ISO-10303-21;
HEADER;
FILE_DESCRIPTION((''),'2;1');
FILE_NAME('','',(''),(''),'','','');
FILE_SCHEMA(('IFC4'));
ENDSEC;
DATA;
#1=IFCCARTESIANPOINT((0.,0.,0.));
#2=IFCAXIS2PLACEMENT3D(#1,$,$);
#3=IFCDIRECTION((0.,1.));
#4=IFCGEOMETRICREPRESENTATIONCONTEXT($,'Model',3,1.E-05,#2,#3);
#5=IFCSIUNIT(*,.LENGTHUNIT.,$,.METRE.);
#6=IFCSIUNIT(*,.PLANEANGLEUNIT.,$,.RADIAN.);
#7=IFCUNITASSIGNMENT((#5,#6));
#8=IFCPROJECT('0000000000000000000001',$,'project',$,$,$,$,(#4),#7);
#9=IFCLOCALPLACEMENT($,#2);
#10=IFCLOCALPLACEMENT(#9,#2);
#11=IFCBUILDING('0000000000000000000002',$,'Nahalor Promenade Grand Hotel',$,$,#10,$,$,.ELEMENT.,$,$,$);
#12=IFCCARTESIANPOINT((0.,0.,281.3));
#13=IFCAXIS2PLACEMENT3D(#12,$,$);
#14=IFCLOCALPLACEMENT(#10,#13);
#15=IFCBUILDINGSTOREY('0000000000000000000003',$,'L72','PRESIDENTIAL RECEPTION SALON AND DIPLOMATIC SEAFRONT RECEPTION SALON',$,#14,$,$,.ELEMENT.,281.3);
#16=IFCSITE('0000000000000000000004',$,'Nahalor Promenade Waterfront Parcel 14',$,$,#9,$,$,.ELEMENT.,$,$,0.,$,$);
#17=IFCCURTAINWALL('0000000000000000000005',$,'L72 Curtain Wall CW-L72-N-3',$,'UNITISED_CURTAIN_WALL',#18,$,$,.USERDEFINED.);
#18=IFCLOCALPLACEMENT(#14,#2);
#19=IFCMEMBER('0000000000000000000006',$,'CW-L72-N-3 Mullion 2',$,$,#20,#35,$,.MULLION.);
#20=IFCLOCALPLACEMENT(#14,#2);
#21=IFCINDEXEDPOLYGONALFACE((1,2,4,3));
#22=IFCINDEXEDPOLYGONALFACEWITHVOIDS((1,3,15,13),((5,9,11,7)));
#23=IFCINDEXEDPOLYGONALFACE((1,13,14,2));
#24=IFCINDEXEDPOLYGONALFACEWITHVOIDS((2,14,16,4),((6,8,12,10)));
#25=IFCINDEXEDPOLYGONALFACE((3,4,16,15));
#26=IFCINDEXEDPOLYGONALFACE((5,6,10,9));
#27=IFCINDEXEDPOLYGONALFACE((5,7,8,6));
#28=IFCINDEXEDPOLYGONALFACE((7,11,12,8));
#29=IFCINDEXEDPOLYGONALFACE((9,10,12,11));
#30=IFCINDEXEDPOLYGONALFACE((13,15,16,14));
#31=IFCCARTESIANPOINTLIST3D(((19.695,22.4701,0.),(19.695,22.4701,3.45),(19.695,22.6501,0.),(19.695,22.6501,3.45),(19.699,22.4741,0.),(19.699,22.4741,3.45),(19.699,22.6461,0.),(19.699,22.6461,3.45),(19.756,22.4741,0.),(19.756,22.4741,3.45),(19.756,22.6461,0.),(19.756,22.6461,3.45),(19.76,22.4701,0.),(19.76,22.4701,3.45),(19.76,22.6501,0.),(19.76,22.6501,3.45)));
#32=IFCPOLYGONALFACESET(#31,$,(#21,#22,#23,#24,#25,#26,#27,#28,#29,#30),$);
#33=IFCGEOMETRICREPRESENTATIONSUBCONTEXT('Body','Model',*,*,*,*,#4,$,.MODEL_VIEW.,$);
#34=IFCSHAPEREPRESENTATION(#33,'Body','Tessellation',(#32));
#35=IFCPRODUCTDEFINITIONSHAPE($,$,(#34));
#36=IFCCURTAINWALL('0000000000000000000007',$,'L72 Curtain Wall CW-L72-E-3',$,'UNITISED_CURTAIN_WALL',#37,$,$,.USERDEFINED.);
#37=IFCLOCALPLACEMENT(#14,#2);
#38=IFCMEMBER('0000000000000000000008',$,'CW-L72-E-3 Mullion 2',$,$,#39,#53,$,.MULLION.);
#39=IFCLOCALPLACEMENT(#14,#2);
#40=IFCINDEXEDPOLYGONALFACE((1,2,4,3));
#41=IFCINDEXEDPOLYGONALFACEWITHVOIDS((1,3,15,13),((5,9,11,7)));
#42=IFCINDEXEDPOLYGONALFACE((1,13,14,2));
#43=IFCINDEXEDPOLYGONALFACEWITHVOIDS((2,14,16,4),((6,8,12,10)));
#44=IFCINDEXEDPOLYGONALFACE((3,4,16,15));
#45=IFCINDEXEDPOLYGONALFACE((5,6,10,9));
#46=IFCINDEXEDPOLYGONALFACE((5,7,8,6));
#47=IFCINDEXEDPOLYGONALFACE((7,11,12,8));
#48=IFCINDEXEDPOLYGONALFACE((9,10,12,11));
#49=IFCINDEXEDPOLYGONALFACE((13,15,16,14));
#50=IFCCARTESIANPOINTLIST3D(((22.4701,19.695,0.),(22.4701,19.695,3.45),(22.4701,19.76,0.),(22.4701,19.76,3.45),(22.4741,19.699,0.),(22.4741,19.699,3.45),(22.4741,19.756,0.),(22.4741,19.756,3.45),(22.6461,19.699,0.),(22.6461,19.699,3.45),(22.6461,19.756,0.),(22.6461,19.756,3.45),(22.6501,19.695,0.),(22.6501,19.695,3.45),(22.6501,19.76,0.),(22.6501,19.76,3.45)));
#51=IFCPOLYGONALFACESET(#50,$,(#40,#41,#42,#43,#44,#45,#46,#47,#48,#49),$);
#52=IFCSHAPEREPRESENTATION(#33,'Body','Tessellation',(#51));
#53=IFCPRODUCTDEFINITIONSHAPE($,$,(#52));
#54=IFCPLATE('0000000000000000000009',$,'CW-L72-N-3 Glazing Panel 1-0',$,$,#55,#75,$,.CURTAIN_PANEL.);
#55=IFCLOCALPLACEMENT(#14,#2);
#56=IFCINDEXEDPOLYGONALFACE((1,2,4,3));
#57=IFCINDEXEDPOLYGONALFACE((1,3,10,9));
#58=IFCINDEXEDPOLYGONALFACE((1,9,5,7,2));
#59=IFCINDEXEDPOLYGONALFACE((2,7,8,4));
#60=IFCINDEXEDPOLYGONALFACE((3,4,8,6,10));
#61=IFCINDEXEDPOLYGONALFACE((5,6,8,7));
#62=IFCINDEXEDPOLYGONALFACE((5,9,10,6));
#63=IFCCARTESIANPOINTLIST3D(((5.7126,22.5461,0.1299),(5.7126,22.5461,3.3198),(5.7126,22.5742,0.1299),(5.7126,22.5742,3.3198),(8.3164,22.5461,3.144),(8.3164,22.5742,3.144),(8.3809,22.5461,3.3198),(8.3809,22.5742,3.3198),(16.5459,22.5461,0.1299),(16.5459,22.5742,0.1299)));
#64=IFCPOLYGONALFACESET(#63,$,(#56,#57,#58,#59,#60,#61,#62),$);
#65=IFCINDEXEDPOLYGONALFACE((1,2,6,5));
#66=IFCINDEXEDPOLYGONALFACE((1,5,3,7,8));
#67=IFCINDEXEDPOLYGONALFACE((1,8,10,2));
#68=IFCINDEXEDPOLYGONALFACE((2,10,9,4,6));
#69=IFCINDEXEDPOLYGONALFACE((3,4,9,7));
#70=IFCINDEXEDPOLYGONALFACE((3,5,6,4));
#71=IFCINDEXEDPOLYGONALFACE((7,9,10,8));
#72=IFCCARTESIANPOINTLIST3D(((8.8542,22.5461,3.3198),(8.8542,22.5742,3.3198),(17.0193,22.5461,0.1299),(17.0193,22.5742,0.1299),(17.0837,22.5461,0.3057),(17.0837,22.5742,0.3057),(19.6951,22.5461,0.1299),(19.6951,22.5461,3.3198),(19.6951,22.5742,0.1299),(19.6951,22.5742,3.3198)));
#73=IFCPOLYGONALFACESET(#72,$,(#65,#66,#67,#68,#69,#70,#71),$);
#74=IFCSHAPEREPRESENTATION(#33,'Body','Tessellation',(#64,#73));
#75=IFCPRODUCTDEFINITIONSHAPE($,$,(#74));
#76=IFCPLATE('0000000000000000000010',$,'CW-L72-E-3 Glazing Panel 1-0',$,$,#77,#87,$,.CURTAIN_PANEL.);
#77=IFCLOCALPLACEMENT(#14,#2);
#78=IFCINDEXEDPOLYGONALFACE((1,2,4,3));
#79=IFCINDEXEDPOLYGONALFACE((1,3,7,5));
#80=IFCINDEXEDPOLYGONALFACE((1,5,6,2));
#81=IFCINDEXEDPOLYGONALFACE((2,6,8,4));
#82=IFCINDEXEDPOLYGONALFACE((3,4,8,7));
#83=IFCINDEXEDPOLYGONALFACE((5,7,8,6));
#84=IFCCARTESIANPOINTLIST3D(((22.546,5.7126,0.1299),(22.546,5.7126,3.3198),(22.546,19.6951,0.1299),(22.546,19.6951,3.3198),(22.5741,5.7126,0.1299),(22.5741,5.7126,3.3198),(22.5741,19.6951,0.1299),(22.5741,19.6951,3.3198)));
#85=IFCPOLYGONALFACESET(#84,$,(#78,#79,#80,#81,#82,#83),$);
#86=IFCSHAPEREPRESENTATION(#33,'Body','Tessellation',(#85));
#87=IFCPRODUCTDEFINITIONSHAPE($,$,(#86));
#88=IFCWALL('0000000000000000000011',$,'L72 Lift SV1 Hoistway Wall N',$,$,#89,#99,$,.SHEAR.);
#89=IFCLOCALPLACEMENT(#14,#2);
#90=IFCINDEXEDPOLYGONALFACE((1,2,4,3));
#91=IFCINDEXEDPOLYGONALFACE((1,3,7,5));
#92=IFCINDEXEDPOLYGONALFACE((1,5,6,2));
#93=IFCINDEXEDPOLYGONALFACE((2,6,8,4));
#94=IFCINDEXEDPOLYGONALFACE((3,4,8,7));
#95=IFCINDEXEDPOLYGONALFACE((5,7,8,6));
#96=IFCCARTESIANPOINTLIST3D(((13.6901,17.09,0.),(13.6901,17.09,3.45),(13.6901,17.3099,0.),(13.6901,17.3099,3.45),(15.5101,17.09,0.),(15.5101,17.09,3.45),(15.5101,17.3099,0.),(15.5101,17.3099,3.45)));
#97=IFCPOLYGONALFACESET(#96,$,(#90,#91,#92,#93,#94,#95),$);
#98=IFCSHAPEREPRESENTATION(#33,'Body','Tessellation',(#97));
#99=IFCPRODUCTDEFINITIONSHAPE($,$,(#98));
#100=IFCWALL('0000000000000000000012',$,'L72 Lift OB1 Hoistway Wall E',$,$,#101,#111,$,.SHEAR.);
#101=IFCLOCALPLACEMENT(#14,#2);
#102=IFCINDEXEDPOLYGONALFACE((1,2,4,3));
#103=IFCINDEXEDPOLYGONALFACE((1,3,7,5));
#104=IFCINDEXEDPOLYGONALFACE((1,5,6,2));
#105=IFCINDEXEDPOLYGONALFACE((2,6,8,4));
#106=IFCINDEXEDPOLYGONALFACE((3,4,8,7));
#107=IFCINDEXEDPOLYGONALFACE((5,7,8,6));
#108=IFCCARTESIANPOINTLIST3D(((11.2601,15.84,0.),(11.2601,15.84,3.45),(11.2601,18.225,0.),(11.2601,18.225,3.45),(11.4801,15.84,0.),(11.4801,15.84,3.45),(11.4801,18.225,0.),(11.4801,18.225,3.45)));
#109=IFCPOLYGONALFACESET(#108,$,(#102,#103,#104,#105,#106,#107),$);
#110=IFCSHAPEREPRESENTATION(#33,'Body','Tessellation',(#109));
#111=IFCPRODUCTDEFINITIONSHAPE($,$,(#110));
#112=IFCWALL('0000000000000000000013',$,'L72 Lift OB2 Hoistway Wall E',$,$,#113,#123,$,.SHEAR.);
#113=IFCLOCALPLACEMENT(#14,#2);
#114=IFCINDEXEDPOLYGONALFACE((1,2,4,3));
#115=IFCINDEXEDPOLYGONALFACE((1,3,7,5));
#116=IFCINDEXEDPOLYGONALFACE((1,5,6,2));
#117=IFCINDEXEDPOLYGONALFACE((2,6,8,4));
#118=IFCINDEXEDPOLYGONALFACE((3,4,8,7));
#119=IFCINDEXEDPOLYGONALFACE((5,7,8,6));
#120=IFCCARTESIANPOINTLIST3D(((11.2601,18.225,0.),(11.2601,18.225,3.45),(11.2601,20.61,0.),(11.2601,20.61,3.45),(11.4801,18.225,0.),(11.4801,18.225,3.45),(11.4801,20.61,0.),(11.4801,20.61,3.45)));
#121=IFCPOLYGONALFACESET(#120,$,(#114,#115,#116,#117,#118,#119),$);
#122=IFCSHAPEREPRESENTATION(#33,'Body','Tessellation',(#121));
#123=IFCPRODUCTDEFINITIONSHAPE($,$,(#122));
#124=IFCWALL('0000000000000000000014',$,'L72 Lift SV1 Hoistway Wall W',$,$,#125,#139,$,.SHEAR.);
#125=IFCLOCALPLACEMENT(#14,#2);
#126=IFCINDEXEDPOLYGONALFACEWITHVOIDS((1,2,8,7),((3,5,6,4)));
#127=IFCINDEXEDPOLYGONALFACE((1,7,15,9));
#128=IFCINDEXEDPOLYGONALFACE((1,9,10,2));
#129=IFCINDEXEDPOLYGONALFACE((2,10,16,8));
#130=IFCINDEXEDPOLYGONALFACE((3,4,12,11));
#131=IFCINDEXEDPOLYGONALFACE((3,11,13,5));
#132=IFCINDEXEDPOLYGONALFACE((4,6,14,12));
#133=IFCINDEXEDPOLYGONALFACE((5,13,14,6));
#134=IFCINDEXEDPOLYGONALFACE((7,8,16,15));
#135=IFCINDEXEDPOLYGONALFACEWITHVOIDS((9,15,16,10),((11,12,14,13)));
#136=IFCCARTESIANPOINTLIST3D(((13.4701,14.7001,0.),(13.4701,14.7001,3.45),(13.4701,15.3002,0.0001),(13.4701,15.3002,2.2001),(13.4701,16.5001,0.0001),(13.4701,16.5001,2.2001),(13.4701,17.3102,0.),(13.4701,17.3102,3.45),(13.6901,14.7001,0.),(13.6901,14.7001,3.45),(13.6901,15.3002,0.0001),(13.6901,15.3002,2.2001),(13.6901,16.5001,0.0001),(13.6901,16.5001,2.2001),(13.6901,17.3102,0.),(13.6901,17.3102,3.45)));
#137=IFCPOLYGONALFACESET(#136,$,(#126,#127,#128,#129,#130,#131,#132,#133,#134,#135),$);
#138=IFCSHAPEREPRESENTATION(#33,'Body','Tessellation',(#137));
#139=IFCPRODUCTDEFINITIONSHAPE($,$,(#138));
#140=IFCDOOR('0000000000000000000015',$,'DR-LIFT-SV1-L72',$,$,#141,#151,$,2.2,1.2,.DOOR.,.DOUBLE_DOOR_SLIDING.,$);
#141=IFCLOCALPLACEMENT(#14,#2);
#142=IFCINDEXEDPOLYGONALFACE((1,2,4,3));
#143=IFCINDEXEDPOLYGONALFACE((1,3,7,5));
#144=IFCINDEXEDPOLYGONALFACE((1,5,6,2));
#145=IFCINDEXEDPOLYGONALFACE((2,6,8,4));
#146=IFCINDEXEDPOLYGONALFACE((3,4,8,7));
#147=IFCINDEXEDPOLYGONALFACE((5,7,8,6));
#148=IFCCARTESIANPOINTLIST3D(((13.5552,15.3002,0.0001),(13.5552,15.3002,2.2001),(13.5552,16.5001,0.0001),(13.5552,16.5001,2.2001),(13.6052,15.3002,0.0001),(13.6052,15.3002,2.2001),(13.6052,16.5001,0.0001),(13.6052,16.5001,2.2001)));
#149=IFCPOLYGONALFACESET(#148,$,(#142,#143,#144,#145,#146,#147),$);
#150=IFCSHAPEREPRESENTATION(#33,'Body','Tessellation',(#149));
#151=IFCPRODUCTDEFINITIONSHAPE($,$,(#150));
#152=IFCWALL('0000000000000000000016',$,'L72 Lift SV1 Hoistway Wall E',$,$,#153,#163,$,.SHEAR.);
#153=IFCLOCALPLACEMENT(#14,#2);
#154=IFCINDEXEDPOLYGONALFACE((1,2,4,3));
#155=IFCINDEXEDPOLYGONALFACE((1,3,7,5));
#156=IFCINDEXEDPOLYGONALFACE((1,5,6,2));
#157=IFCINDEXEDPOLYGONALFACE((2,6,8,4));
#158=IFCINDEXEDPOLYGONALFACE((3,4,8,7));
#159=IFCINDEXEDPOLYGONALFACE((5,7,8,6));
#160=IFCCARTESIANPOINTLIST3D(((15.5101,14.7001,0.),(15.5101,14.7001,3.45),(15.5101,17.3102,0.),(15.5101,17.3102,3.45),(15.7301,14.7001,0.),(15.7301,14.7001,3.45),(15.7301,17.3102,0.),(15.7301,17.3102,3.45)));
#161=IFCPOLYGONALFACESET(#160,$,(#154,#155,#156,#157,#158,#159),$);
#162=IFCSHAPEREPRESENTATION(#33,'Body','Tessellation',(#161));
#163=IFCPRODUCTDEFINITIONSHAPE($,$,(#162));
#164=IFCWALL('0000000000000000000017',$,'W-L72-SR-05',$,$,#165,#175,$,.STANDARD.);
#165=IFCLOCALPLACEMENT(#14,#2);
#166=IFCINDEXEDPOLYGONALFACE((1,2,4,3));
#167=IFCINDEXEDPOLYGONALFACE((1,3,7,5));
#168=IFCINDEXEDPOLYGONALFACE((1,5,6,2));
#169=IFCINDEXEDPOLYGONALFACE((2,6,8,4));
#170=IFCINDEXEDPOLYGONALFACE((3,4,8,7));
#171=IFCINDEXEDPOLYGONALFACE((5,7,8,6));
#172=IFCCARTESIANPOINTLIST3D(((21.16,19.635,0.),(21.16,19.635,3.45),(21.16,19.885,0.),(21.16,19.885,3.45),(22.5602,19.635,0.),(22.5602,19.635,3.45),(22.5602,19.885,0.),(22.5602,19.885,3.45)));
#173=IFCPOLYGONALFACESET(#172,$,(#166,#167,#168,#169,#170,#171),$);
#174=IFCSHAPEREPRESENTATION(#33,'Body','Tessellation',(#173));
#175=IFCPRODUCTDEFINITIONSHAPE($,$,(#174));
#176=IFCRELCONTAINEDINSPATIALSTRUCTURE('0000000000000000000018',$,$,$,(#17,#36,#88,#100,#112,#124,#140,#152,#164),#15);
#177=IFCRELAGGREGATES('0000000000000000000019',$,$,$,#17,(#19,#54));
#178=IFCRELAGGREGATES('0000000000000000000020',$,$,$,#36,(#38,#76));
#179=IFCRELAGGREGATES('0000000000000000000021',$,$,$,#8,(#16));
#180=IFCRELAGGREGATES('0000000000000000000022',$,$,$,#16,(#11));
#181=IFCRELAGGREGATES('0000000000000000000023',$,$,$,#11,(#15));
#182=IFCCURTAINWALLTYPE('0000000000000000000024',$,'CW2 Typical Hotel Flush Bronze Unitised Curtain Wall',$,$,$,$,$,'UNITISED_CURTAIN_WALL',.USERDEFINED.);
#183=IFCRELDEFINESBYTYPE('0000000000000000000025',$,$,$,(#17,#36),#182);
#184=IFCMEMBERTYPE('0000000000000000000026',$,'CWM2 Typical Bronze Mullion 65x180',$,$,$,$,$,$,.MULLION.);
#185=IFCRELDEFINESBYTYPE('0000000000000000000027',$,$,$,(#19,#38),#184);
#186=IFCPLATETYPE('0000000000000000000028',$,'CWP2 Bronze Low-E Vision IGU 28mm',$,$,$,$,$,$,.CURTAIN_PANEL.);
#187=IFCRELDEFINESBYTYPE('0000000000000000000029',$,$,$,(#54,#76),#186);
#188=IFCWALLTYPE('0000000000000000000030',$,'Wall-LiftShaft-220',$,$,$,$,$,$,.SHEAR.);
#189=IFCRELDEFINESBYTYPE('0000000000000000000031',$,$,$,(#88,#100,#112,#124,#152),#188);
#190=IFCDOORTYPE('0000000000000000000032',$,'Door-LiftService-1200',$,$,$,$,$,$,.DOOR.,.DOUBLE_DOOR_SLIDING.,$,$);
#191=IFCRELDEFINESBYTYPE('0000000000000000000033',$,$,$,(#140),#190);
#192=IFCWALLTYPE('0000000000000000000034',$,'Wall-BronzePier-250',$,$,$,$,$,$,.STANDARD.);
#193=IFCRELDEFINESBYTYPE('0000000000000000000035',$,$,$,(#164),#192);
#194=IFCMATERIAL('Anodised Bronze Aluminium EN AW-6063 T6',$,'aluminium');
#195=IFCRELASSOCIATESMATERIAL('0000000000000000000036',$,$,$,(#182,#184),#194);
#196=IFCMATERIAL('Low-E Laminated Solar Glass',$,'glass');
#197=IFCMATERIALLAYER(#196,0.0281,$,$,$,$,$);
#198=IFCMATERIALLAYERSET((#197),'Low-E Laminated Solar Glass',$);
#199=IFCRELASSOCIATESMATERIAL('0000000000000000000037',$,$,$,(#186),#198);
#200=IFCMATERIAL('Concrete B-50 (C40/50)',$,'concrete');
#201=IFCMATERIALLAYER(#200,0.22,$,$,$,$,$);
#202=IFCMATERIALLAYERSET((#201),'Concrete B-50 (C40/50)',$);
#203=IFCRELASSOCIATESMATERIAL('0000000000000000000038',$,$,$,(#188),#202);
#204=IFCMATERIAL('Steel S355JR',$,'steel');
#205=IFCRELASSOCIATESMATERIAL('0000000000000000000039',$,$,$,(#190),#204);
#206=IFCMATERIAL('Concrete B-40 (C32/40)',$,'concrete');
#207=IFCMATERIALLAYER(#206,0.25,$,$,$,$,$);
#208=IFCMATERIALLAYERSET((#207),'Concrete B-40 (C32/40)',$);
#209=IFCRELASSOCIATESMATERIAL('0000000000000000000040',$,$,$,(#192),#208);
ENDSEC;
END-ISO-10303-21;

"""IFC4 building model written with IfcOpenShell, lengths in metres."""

from ifc_helpers import new_model, si_unit, direction, frame, frame_2d, origin, origin_2d, place, context, subcontext, project, spatial, polyline, rectangle, hollow_rectangle, outline, extrude, source, transform, mapped, material, layer, layer_set, material_profile, profile_set, type_object, element, fill, aggregate, save


model = new_model("IFC4")

# Units and contexts
model_context = context("Model", 3, precision=1e-05, world=origin(), true_north=direction((0.0, 1.0)))
body_context = subcontext(model_context, "Body", "Model", "MODEL_VIEW")
ifc_project = project(units=[si_unit("LENGTHUNIT", "METRE"), si_unit("PLANEANGLEUNIT", "RADIAN")], contexts=[model_context])

# Site, building, storey
site_placement = place(None, origin())
site = spatial("IfcSite", under=ifc_project, at=site_placement, Name="Nahalor Promenade Waterfront Parcel 14", CompositionType="ELEMENT", RefElevation=0.0)
building_placement = place(site_placement, origin())
building = spatial("IfcBuilding", under=site, at=building_placement, Name="Nahalor Promenade Grand Hotel", CompositionType="ELEMENT")
storey_placement = place(building_placement, frame((0.0, 0.0, 281.3)))
storey = spatial("IfcBuildingStorey", under=building, at=storey_placement, Name="L72", Description="PRESIDENTIAL RECEPTION SALON AND DIPLOMATIC SEAFRONT RECEPTION SALON", CompositionType="ELEMENT", Elevation=281.3)

# Shared definitions
ifc_material_1 = material(Name="Concrete B-50 (C40/50)", Category="concrete")
ifc_material_2 = material(Name="Steel S355JR", Category="steel")

# Curtain walls, members
ifc_material_3 = material(Name="Anodised Bronze Aluminium EN AW-6063 T6", Category="aluminium")
curtain_wall_type = type_object("IfcCurtainWallType", Name="CW2 Typical Hotel Flush Bronze Unitised Curtain Wall", ElementType="UNITISED_CURTAIN_WALL", PredefinedType="USERDEFINED", material=ifc_material_3)
curtain_wall_1_placement = place(storey_placement, origin())
curtain_wall_1 = element("IfcCurtainWall", 1, at=curtain_wall_1_placement, inside=storey, type_object=curtain_wall_type, Name="L72 Curtain Wall CW-L72-N-3", ObjectType="UNITISED_CURTAIN_WALL", PredefinedType="USERDEFINED")
ifc_material_profile_1 = material_profile(ifc_material_3, hollow_rectangle(XDim=0.065, YDim=0.18, WallThickness=0.004, at=origin_2d()), Name="CWM 65x180x4")
ifc_profile_set_1 = profile_set([ifc_material_profile_1], Name="Anodised Bronze Aluminium EN AW-6063 T6")
member_type_1 = type_object("IfcMemberType", Name="CWM2 Typical Bronze Mullion 65x180", PredefinedType="MULLION", material=ifc_profile_set_1)
shared_shape_1 = source(origin(), body_context, "Body", "SweptSolid", [
    extrude(hollow_rectangle(XDim=0.065, YDim=0.18, WallThickness=0.004, at=origin_2d()), origin(), (0.0, 0.0, 1.0), 3.45),
])
member_1_placement = place(storey_placement, frame((19.7275, 22.5601, 0.0), z_axis=(0.0, 0.0, 1.0), x_axis=(1.0, 0.0, 0.0)))
member_1 = element("IfcMember", 2, at=member_1_placement, type_object=member_type_1, Name="CW-L72-N-3 Mullion 2", PredefinedType="MULLION", context=body_context, shape_type="MappedRepresentation", body=[
    mapped(shared_shape_1, transform((0.0, 0.0, 0.0), scale=1.0)),
])
curtain_wall_2_placement = place(storey_placement, origin())
curtain_wall_2 = element("IfcCurtainWall", 3, at=curtain_wall_2_placement, inside=storey, type_object=curtain_wall_type, Name="L72 Curtain Wall CW-L72-E-3", ObjectType="UNITISED_CURTAIN_WALL", PredefinedType="USERDEFINED")
member_2_placement = place(storey_placement, frame((22.5601, 19.7275, 0.0), z_axis=(0.0, 0.0, 1.0), x_axis=(0.0, 1.0, 0.0)))
member_2 = element("IfcMember", 4, at=member_2_placement, type_object=member_type_1, Name="CW-L72-E-3 Mullion 2", PredefinedType="MULLION", context=body_context, shape_type="MappedRepresentation", body=[
    mapped(shared_shape_1, transform((0.0, 0.0, 0.0), scale=1.0)),
])

# Plates
ifc_material_4 = material(Name="Low-E Laminated Solar Glass", Category="glass")
ifc_layer_1 = layer(ifc_material_4, 0.0281)
ifc_layer_set_1 = layer_set([ifc_layer_1], Name="Low-E Laminated Solar Glass")
plate_type = type_object("IfcPlateType", Name="CWP2 Bronze Low-E Vision IGU 28mm", PredefinedType="CURTAIN_PANEL", material=ifc_layer_set_1)
plate_1_placement = place(storey_placement, frame((12.7039, 22.5601, 0.1299), z_axis=(0.0, 0.0, 1.0), x_axis=(1.0, 0.0, 0.0)))
plate_1 = element("IfcPlate", 5, at=plate_1_placement, type_object=plate_type, Name="CW-L72-N-3 Glazing Panel 1-0", PredefinedType="CURTAIN_PANEL", context=body_context, shape_type="SweptSolid", body=[
    extrude(outline(polyline([(-6.9912, 3.1899), (-6.9912, 0.0), (3.842, 0.0), (-4.3875, 3.0142), (-4.323, 3.1899), (-6.9912, 3.1899)])), frame((0.0, 0.0142, 0.0), z_axis=(0.0, -1.0, 0.0), x_axis=(1.0, 0.0, 0.0)), (0.0, 0.0, 1.0), 0.0281),
    extrude(outline(polyline([(6.9912, 0.0), (6.9912, 3.1899), (-3.8496, 3.1899), (4.3799, 0.1758), (4.3154, 0.0), (6.9912, 0.0)])), frame((0.0, 0.0142, 0.0), z_axis=(0.0, -1.0, 0.0), x_axis=(1.0, 0.0, 0.0)), (0.0, 0.0, 1.0), 0.0281),
])
aggregate(curtain_wall_1, [member_1, plate_1])
shared_shape_2 = source(origin(), body_context, "Body", "SweptSolid", [
    extrude(rectangle(XDim=13.9824, YDim=0.0281, at=origin_2d()), origin(), (0.0, 0.0, 1.0), 3.1899),
])
plate_2_placement = place(storey_placement, frame((22.5601, 12.7039, 0.1299), z_axis=(0.0, 0.0, 1.0), x_axis=(0.0, 1.0, 0.0)))
plate_2 = element("IfcPlate", 6, at=plate_2_placement, type_object=plate_type, Name="CW-L72-E-3 Glazing Panel 1-0", PredefinedType="CURTAIN_PANEL", context=body_context, shape_type="MappedRepresentation", body=[
    mapped(shared_shape_2, transform((0.0, 0.0, 0.0), scale=1.0)),
])
aggregate(curtain_wall_2, [member_2, plate_2])

# Walls
ifc_layer_2 = layer(ifc_material_1, 0.22)
ifc_layer_set_2 = layer_set([ifc_layer_2], Name="Concrete B-50 (C40/50)")
wall_type_1 = type_object("IfcWallType", Name="Wall-LiftShaft-220", PredefinedType="SHEAR", material=ifc_layer_set_2)
shared_shape_3 = source(origin(), body_context, "Body", "SweptSolid", [
    extrude(rectangle(XDim=1.8201, YDim=0.22, at=frame_2d((0.9102, 0.0))), origin(), (0.0, 0.0, 1.0), 3.45),
])
wall_1_placement = place(storey_placement, frame((13.6899, 17.2, 0.0), z_axis=(0.0, 0.0, 1.0), x_axis=(1.0, 0.0, 0.0)))
element("IfcWall", 7, at=wall_1_placement, inside=storey, type_object=wall_type_1, Name="L72 Lift SV1 Hoistway Wall N", PredefinedType="SHEAR", context=body_context, shape_type="MappedRepresentation", body=[
    mapped(shared_shape_3, transform((0.0, 0.0, 0.0), scale=1.0)),
])
shared_shape_4 = source(origin(), body_context, "Body", "SweptSolid", [
    extrude(rectangle(XDim=2.385, YDim=0.22, at=frame_2d((1.1924, 0.0))), origin(), (0.0, 0.0, 1.0), 3.45),
])
for number, where, z_axis, x_axis, name in (
    (8, (11.3701, 15.8401, 0.0), (0.0, 0.0, 1.0), (0.0, 1.0, 0.0), "L72 Lift OB1 Hoistway Wall E"),
    (9, (11.3701, 18.2251, 0.0), (0.0, 0.0, 1.0), (0.0, 1.0, 0.0), "L72 Lift OB2 Hoistway Wall E"),
):
    element("IfcWall", number, at=place(storey_placement, frame(where, z_axis=z_axis, x_axis=x_axis)), inside=storey, type_object=wall_type_1, Name=name, PredefinedType="SHEAR", context=body_context, shape_type="MappedRepresentation", body=[
        mapped(shared_shape_4, transform((0.0, 0.0, 0.0), scale=1.0)),
    ])

# Wall, opening, door
shared_shape_5 = source(origin(), body_context, "Body", "SweptSolid", [
    extrude(rectangle(XDim=2.6101, YDim=0.22, at=frame_2d((1.3052, 0.0))), origin(), (0.0, 0.0, 1.0), 3.45),
])
wall_2_placement = place(storey_placement, frame((13.5801, 14.7, 0.0), z_axis=(0.0, 0.0, 1.0), x_axis=(0.0, 1.0, 0.0)))
wall_2 = element("IfcWall", 10, at=wall_2_placement, inside=storey, type_object=wall_type_1, Name="L72 Lift SV1 Hoistway Wall W", PredefinedType="SHEAR", context=body_context, shape_type="MappedRepresentation", body=[
    mapped(shared_shape_5, transform((0.0, 0.0, 0.0), scale=1.0)),
])
opening_1_placement = place(wall_2_placement, frame((0.6001, 0.0, 0.0)))
opening_1 = element("IfcOpeningElement", 11, at=opening_1_placement, cuts=wall_2, PredefinedType="OPENING", context=body_context, shape_type="SweptSolid", body=[
    extrude(rectangle(XDim=1.2, YDim=2.2, at=frame_2d((0.6001, 1.1001))), frame((0.0, 0.1199, 0.0), z_axis=(0.0, -1.0, 0.0), x_axis=(1.0, 0.0, 0.0)), (0.0, 0.0, 1.0), 0.24),
])
door_type_1 = type_object("IfcDoorType", Name="Door-LiftService-1200", OperationType="DOUBLE_DOOR_SLIDING", PredefinedType="DOOR", material=ifc_material_2)
shared_shape_6 = source(origin(), body_context, "Body", "SweptSolid", [
    extrude(rectangle(XDim=1.2, YDim=2.2, at=frame_2d((0.6001, 1.1001))), frame((0.0, 0.0249, 0.0), z_axis=(0.0, -1.0, 0.0), x_axis=(1.0, 0.0, 0.0)), (0.0, 0.0, 1.0), 0.05),
])
door_1_placement = place(opening_1_placement, origin())
door_1 = element("IfcDoor", 12, at=door_1_placement, inside=storey, type_object=door_type_1, Name="DR-LIFT-SV1-L72", OperationType="DOUBLE_DOOR_SLIDING", OverallHeight=2.2, OverallWidth=1.2, PredefinedType="DOOR", context=body_context, shape_type="MappedRepresentation", body=[
    mapped(shared_shape_6, transform((0.0, 0.0, 0.0), scale=1.0)),
])
fill(opening_1, door_1)

# Walls
wall_3_placement = place(storey_placement, frame((15.6201, 14.7, 0.0), z_axis=(0.0, 0.0, 1.0), x_axis=(0.0, 1.0, 0.0)))
element("IfcWall", 13, at=wall_3_placement, inside=storey, type_object=wall_type_1, Name="L72 Lift SV1 Hoistway Wall E", PredefinedType="SHEAR", context=body_context, shape_type="MappedRepresentation", body=[
    mapped(shared_shape_5, transform((0.0, 0.0, 0.0), scale=1.0)),
])
ifc_material_5 = material(Name="Concrete B-40 (C32/40)", Category="concrete")
ifc_layer_3 = layer(ifc_material_5, 0.25)
ifc_layer_set_3 = layer_set([ifc_layer_3], Name="Concrete B-40 (C32/40)")
wall_type_2 = type_object("IfcWallType", Name="Wall-BronzePier-250", PredefinedType="STANDARD", material=ifc_layer_set_3)
shared_shape_7 = source(origin(), body_context, "Body", "SweptSolid", [
    extrude(rectangle(XDim=1.4001, YDim=0.25, at=frame_2d((0.7002, 0.0))), origin(), (0.0, 0.0, 1.0), 3.45),
])
for number, where, z_axis, x_axis, name in (
    (14, (21.1599, 19.76, 0.0), (0.0, 0.0, 1.0), (1.0, 0.0, 0.0), "W-L72-SR-05"),
):
    element("IfcWall", number, at=place(storey_placement, frame(where, z_axis=z_axis, x_axis=x_axis)), inside=storey, type_object=wall_type_2, Name=name, PredefinedType="STANDARD", context=body_context, shape_type="MappedRepresentation", body=[
        mapped(shared_shape_7, transform((0.0, 0.0, 0.0), scale=1.0)),
    ])

save(model, "model.ifc")
